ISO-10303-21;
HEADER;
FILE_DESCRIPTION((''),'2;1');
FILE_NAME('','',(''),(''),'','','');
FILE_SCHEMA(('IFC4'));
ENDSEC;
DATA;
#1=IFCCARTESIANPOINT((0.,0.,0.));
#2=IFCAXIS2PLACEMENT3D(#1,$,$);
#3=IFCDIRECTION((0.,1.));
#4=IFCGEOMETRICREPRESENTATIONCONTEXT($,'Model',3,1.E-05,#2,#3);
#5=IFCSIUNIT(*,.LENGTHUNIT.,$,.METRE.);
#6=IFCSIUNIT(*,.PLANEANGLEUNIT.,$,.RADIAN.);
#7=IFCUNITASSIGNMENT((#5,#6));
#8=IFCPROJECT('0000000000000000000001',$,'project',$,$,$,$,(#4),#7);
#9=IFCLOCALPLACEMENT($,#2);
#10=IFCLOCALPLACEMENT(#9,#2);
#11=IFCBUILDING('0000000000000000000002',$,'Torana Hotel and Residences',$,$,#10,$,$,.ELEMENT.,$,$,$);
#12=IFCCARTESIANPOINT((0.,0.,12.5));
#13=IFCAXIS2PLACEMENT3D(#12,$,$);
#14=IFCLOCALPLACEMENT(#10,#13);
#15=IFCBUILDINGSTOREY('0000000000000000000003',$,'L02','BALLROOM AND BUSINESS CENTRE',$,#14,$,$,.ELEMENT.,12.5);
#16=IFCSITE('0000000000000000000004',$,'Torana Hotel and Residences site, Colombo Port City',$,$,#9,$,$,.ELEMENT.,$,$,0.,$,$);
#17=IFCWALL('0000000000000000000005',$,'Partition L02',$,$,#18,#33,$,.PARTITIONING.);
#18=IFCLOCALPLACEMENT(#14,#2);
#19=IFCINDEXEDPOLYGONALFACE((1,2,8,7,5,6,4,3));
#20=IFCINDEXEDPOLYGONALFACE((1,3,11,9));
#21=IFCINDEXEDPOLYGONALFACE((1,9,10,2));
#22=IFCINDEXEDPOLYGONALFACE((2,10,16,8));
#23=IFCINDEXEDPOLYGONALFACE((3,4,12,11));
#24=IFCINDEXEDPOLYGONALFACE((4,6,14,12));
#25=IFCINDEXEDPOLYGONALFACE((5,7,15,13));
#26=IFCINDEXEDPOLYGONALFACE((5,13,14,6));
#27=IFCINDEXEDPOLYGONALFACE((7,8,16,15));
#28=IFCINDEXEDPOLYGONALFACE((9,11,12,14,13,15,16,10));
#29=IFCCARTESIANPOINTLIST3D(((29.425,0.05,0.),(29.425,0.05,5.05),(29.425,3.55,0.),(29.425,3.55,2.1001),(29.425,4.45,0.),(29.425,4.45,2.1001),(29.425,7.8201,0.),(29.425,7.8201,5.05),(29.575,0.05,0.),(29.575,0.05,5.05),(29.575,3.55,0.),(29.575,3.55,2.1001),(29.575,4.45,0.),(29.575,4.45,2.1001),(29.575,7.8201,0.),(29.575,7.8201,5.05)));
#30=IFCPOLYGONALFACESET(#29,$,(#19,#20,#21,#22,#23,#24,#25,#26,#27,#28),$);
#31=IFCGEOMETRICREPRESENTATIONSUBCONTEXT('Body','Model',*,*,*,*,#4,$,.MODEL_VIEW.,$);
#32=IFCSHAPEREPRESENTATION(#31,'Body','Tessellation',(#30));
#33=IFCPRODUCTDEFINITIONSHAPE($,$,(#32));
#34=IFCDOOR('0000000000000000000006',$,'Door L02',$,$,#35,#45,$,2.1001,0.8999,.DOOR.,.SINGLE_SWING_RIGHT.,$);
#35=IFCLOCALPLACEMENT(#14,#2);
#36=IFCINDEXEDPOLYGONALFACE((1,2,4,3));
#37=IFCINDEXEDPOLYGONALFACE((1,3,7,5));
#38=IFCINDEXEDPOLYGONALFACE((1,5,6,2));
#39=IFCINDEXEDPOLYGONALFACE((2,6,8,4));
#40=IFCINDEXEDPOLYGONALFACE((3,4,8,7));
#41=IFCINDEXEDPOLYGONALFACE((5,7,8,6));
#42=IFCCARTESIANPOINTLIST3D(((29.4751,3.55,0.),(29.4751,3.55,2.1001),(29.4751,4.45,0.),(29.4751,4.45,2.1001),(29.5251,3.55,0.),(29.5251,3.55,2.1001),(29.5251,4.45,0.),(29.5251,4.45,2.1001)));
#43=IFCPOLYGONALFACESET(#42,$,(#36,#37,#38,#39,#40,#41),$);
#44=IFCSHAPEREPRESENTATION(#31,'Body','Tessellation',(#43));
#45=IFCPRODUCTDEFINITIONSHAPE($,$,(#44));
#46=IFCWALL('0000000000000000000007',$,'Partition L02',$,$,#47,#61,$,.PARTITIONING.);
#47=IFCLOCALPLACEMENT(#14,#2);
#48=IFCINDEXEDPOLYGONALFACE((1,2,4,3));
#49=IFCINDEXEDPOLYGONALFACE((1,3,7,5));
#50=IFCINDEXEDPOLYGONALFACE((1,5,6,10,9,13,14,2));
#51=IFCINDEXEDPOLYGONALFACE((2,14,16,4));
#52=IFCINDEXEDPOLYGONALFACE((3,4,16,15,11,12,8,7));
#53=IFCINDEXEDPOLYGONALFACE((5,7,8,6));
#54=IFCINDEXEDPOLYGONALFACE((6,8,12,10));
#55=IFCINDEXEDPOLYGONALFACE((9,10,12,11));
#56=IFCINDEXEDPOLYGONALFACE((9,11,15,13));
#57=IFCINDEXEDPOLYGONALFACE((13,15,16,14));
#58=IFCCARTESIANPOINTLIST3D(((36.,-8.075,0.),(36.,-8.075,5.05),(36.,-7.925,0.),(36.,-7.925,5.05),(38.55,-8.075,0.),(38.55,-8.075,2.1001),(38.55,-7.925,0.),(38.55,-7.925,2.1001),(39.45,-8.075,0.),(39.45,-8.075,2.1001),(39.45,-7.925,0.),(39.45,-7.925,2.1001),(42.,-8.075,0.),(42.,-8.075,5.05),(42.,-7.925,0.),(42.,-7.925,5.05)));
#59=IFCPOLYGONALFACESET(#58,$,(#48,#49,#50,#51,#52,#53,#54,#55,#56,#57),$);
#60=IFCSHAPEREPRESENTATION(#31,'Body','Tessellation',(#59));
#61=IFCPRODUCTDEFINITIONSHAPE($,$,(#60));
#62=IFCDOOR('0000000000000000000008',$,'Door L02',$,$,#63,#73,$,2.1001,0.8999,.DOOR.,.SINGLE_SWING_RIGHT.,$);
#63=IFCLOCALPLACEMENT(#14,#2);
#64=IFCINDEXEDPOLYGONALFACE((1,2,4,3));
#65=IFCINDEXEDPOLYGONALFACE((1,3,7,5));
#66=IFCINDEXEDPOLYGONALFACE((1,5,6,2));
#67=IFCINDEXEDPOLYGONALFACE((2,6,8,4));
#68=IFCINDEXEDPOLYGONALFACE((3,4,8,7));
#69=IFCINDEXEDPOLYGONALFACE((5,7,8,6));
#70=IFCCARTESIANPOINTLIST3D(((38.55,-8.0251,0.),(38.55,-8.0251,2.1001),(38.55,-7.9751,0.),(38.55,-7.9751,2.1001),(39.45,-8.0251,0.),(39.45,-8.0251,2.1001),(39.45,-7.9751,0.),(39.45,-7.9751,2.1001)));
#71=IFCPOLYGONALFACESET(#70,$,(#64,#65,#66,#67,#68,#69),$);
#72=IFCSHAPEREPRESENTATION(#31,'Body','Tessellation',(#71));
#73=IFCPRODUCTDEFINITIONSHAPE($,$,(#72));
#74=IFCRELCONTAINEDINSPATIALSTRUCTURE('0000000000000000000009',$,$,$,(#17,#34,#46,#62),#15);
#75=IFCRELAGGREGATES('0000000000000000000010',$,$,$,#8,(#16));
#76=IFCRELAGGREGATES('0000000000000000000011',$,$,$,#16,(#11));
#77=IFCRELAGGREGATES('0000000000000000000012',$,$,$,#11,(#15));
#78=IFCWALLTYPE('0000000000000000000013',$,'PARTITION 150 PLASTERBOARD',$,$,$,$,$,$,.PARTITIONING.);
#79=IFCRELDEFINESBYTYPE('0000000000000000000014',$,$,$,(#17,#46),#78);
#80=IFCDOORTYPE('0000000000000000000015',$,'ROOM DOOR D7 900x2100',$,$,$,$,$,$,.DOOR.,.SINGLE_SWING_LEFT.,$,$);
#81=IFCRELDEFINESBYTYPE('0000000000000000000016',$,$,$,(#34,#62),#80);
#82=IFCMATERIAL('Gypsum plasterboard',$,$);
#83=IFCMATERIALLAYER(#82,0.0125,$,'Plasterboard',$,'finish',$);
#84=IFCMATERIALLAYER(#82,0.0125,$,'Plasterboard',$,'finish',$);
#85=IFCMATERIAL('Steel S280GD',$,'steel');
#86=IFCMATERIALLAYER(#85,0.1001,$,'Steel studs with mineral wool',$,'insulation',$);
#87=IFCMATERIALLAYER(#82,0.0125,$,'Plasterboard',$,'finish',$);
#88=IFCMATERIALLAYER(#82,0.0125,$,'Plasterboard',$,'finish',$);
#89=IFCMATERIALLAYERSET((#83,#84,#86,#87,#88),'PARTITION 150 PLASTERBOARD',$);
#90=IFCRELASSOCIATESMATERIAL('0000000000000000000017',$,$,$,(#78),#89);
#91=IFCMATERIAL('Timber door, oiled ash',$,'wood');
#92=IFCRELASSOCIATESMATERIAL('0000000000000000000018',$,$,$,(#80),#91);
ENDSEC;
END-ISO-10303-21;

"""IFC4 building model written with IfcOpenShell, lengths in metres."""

from ifc_helpers import new_model, si_unit, direction, frame, frame_2d, origin, place, context, subcontext, project, spatial, rectangle, extrude, material, layer, layer_set, type_object, element, fill, save


model = new_model("IFC4")

# Units and contexts
model_context = context("Model", 3, precision=1e-05, world=origin(), true_north=direction((0.0, 1.0)))
body_context = subcontext(model_context, "Body", "Model", "MODEL_VIEW")
ifc_project = project(units=[si_unit("LENGTHUNIT", "METRE"), si_unit("PLANEANGLEUNIT", "RADIAN")], contexts=[model_context])

# Site, building, storey
site_placement = place(None, origin())
site = spatial("IfcSite", under=ifc_project, at=site_placement, Name="Torana Hotel and Residences site, Colombo Port City", CompositionType="ELEMENT", RefElevation=0.0)
building_placement = place(site_placement, origin())
building = spatial("IfcBuilding", under=site, at=building_placement, Name="Torana Hotel and Residences", CompositionType="ELEMENT")
storey_placement = place(building_placement, frame((0.0, 0.0, 12.5)))
storey = spatial("IfcBuildingStorey", under=building, at=storey_placement, Name="L02", Description="BALLROOM AND BUSINESS CENTRE", CompositionType="ELEMENT", Elevation=12.5)

# Walls, openings, doors
ifc_material_1 = material(Name="Gypsum plasterboard")
ifc_layer_1 = layer(ifc_material_1, 0.0125, Name="Plasterboard", Category="finish")
ifc_layer_2 = layer(ifc_material_1, 0.0125, Name="Plasterboard", Category="finish")
ifc_material_2 = material(Name="Steel S280GD", Category="steel")
ifc_layer_3 = layer(ifc_material_2, 0.1001, Name="Steel studs with mineral wool", Category="insulation")
ifc_layer_4 = layer(ifc_material_1, 0.0125, Name="Plasterboard", Category="finish")
ifc_layer_5 = layer(ifc_material_1, 0.0125, Name="Plasterboard", Category="finish")
ifc_layer_set_1 = layer_set([ifc_layer_1, ifc_layer_2, ifc_layer_3, ifc_layer_4, ifc_layer_5], Name="PARTITION 150 PLASTERBOARD")
wall_type_1 = type_object("IfcWallType", Name="PARTITION 150 PLASTERBOARD", PredefinedType="PARTITIONING", material=ifc_layer_set_1)
wall_1_placement = place(storey_placement, frame((29.5, 0.05, 0.0), z_axis=(0.0, 0.0, 1.0), x_axis=(0.0, 1.0, 0.0)))
wall_1 = element("IfcWall", 1, at=wall_1_placement, inside=storey, type_object=wall_type_1, Name="Partition L02", PredefinedType="PARTITIONING", context=body_context, shape_type="SweptSolid", body=[
    extrude(rectangle(XDim=7.77, YDim=0.1499, at=frame_2d((3.885, 0.0))), origin(), (0.0, 0.0, 1.0), 5.05),
])
opening_1_placement = place(wall_1_placement, frame((3.5, 0.0, 0.0)))
opening_1 = element("IfcOpeningElement", 2, at=opening_1_placement, cuts=wall_1, PredefinedType="OPENING", context=body_context, shape_type="SweptSolid", body=[
    extrude(rectangle(XDim=0.8999, YDim=2.1001, at=frame_2d((0.45, 1.05))), frame((0.0, 0.085, 0.0), z_axis=(0.0, -1.0, 0.0), x_axis=(1.0, 0.0, 0.0)), (0.0, 0.0, 1.0), 0.1699),
])
ifc_material_3 = material(Name="Timber door, oiled ash", Category="wood")
door_type = type_object("IfcDoorType", Name="ROOM DOOR D7 900x2100", OperationType="SINGLE_SWING_LEFT", PredefinedType="DOOR", material=ifc_material_3)
door_1_placement = place(opening_1_placement, origin())
door_1 = element("IfcDoor", 3, at=door_1_placement, inside=storey, type_object=door_type, Name="Door L02", OperationType="SINGLE_SWING_RIGHT", OverallHeight=2.1001, OverallWidth=0.8999, PredefinedType="DOOR", context=body_context, shape_type="SweptSolid", body=[
    extrude(rectangle(XDim=0.8999, YDim=2.1001, at=frame_2d((0.45, 1.05))), frame((0.0, 0.0249, 0.0), z_axis=(0.0, -1.0, 0.0), x_axis=(1.0, 0.0, 0.0)), (0.0, 0.0, 1.0), 0.05),
])
fill(opening_1, door_1)
wall_2_placement = place(storey_placement, frame((36.0, -8.0, 0.0), z_axis=(0.0, 0.0, 1.0), x_axis=(1.0, 0.0, 0.0)))
wall_2 = element("IfcWall", 4, at=wall_2_placement, inside=storey, type_object=wall_type_1, Name="Partition L02", PredefinedType="PARTITIONING", context=body_context, shape_type="SweptSolid", body=[
    extrude(rectangle(XDim=6.0, YDim=0.1499, at=frame_2d((3.0, 0.0))), origin(), (0.0, 0.0, 1.0), 5.05),
])
opening_2_placement = place(wall_2_placement, frame((2.55, 0.0, 0.0)))
opening_2 = element("IfcOpeningElement", 5, at=opening_2_placement, cuts=wall_2, PredefinedType="OPENING", context=body_context, shape_type="SweptSolid", body=[
    extrude(rectangle(XDim=0.8999, YDim=2.1001, at=frame_2d((0.45, 1.05))), frame((0.0, 0.085, 0.0), z_axis=(0.0, -1.0, 0.0), x_axis=(1.0, 0.0, 0.0)), (0.0, 0.0, 1.0), 0.1699),
])
door_2_placement = place(opening_2_placement, origin())
door_2 = element("IfcDoor", 6, at=door_2_placement, inside=storey, type_object=door_type, Name="Door L02", OperationType="SINGLE_SWING_RIGHT", OverallHeight=2.1001, OverallWidth=0.8999, PredefinedType="DOOR", context=body_context, shape_type="SweptSolid", body=[
    extrude(rectangle(XDim=0.8999, YDim=2.1001, at=frame_2d((0.45, 1.05))), frame((0.0, 0.0249, 0.0), z_axis=(0.0, -1.0, 0.0), x_axis=(1.0, 0.0, 0.0)), (0.0, 0.0, 1.0), 0.05),
])
fill(opening_2, door_2)

save(model, "model.ifc")
